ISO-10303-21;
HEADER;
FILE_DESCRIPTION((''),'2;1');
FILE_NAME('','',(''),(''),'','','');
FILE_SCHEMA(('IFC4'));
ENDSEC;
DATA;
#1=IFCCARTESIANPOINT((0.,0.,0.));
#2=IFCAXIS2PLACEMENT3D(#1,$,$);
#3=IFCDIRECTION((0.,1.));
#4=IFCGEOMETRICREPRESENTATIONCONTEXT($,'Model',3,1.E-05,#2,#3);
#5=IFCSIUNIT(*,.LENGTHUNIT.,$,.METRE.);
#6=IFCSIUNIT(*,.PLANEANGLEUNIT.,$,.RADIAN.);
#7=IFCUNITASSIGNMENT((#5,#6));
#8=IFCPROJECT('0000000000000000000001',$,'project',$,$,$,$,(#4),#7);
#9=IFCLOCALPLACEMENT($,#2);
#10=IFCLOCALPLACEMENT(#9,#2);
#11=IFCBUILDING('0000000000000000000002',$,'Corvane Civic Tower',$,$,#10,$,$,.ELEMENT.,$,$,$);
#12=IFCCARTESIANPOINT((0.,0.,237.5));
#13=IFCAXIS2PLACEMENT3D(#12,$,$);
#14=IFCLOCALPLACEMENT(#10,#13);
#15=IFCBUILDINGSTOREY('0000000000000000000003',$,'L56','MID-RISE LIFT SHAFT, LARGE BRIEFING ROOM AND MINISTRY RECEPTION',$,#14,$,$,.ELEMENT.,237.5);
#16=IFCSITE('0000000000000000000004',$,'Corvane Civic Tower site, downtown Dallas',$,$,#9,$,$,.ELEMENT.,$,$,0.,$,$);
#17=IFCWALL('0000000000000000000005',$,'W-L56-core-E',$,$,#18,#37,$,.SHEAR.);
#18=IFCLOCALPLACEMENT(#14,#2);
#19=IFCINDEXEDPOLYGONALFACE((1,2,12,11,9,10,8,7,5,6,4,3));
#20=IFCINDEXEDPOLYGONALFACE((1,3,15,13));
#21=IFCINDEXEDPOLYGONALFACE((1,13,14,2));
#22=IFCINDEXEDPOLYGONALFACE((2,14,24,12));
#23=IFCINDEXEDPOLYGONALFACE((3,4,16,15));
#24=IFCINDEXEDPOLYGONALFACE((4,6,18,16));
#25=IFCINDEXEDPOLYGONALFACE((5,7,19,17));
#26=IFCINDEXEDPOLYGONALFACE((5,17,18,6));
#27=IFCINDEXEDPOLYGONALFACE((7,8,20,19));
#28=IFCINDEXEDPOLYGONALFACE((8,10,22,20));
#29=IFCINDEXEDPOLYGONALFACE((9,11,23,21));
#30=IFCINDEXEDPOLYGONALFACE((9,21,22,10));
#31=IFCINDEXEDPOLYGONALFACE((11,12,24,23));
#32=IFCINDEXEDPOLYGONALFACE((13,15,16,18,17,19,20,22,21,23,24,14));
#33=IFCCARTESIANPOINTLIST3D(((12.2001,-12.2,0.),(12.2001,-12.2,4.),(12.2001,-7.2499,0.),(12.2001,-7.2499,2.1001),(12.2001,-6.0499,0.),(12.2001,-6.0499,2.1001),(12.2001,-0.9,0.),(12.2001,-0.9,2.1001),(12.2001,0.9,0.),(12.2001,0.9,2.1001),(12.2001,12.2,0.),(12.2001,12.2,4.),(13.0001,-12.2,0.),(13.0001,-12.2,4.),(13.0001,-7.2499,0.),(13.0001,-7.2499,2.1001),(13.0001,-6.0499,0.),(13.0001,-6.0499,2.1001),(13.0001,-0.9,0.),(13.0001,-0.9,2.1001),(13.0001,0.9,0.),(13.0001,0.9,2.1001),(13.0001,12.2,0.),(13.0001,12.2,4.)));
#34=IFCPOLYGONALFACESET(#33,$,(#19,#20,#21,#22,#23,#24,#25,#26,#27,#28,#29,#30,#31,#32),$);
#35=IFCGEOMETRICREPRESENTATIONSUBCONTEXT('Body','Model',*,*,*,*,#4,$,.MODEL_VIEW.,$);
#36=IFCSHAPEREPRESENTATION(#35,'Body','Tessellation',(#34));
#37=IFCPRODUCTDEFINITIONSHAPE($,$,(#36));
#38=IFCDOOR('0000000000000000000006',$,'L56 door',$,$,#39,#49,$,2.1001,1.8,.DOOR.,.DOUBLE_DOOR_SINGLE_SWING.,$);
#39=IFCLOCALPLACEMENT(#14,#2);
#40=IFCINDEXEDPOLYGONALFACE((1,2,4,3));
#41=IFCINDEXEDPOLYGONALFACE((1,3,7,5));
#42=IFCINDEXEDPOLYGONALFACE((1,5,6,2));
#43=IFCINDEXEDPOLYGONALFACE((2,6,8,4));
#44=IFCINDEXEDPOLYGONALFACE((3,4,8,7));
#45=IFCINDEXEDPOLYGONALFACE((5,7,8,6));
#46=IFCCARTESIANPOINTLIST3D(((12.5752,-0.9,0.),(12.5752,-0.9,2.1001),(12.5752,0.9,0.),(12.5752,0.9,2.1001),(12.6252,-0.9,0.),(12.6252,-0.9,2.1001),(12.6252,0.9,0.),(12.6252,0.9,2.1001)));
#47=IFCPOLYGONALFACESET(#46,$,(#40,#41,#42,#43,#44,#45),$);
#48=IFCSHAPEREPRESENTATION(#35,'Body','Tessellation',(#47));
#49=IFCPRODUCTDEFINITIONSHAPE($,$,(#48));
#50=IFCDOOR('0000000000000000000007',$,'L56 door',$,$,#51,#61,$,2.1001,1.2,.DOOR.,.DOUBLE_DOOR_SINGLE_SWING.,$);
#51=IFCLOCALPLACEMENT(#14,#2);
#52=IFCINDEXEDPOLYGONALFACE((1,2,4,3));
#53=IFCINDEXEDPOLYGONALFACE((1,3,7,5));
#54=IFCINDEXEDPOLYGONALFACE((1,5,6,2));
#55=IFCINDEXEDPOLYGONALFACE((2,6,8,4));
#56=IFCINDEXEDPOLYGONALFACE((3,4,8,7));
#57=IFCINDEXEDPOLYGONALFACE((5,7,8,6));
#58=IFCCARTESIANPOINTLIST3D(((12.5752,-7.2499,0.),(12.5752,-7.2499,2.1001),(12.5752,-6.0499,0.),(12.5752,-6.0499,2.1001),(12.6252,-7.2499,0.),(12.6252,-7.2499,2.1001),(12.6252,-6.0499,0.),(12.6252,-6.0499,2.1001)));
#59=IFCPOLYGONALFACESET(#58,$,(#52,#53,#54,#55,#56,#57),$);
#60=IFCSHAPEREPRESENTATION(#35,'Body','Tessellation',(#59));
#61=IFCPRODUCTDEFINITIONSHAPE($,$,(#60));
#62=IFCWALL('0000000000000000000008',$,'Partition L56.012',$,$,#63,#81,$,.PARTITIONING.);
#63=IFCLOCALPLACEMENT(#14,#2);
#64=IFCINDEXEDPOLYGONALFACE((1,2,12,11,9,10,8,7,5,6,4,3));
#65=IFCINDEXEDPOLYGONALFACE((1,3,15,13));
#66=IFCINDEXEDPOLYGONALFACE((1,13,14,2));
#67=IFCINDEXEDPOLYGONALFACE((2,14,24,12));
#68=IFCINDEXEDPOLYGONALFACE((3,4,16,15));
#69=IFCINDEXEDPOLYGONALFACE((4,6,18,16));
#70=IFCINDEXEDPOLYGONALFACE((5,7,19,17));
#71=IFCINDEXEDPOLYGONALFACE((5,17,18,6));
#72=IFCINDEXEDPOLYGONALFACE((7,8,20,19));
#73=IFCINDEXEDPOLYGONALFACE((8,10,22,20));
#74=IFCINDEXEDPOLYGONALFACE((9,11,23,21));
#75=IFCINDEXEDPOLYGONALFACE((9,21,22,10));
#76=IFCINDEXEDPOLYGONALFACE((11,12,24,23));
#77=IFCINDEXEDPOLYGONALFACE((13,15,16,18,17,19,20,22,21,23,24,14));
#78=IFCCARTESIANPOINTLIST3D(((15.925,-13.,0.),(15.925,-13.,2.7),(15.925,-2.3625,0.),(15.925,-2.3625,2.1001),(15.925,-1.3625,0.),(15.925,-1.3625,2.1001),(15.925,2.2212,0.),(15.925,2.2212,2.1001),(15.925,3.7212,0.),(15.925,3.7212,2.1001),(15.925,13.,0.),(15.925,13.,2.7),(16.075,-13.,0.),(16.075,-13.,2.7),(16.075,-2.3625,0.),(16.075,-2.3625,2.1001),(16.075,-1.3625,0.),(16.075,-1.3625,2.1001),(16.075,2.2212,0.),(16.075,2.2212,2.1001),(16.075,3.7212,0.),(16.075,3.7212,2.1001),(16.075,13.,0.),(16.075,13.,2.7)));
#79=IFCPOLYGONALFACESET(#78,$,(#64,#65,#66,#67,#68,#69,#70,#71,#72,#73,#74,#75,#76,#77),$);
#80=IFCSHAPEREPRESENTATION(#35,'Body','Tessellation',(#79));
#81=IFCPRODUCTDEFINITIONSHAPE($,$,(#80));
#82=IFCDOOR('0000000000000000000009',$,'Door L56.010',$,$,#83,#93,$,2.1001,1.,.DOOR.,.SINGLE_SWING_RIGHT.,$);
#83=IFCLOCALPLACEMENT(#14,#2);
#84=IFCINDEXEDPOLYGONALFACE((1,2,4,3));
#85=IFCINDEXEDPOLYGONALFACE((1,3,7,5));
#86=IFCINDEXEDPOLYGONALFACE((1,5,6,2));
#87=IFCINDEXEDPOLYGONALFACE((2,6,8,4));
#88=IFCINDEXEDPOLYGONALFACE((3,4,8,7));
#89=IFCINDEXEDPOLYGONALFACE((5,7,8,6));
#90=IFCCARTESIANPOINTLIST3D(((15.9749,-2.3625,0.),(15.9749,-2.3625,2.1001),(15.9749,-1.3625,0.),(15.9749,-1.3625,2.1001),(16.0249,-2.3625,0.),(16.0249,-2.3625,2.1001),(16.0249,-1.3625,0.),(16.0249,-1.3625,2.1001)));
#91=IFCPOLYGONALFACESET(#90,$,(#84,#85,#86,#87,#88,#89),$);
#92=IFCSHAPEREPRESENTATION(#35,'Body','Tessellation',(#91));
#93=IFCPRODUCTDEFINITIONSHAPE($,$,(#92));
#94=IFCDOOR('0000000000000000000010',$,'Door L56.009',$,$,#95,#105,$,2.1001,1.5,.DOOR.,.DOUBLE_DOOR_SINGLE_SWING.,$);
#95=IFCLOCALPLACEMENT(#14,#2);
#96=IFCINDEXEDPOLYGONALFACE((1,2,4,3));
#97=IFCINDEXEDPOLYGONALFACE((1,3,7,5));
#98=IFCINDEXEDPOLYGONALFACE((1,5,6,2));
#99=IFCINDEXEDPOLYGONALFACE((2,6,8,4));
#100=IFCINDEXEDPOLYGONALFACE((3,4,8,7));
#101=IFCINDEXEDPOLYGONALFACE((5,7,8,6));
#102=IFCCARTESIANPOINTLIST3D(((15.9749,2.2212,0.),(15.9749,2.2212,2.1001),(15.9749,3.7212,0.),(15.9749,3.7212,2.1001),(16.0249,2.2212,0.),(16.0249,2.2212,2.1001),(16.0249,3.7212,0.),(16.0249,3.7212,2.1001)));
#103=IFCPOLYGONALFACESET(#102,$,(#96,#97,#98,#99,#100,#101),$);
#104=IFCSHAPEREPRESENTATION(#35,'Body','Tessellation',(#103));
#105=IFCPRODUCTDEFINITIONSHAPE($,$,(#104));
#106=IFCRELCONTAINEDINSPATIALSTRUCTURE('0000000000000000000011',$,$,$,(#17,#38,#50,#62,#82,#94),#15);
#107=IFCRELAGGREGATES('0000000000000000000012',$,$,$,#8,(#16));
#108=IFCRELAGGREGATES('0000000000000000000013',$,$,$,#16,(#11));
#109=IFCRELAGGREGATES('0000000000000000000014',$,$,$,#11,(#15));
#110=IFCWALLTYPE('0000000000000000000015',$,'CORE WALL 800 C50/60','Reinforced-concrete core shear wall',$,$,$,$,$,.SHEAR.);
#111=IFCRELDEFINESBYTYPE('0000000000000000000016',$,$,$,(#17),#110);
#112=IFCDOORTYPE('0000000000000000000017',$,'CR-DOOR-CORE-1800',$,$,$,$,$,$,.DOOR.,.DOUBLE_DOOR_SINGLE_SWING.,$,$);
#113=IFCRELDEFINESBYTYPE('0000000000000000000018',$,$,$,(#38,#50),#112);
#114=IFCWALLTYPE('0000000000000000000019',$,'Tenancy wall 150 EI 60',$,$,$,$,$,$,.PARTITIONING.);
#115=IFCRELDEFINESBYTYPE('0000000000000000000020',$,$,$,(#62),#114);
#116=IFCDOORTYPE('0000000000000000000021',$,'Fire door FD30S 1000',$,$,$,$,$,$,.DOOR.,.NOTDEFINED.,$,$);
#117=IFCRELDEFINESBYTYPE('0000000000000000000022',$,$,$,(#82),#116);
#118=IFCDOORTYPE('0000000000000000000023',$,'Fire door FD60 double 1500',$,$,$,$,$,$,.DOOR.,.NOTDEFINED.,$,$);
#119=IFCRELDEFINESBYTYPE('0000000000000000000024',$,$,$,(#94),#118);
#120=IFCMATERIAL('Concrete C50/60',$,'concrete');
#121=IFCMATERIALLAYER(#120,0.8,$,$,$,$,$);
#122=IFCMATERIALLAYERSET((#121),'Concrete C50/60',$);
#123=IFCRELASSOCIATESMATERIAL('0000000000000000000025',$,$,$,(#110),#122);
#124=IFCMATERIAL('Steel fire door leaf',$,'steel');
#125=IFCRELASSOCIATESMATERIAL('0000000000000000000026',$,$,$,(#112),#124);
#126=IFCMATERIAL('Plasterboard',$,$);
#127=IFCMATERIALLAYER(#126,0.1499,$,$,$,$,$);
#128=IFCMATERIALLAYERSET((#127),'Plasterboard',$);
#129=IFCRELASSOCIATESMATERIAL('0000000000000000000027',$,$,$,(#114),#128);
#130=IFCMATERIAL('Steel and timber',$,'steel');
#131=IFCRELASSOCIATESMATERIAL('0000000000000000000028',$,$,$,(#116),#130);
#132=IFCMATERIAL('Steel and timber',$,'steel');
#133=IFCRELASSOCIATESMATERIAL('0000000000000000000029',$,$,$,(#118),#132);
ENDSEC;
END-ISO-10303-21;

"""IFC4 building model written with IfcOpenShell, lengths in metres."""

from ifc_helpers import new_model, si_unit, direction, frame, frame_2d, origin, place, context, subcontext, project, spatial, rectangle, extrude, material, layer, layer_set, type_object, element, fill, save


model = new_model("IFC4")

# Units and contexts
model_context = context("Model", 3, precision=1e-05, world=origin(), true_north=direction((0.0, 1.0)))
body_context = subcontext(model_context, "Body", "Model", "MODEL_VIEW")
ifc_project = project(units=[si_unit("LENGTHUNIT", "METRE"), si_unit("PLANEANGLEUNIT", "RADIAN")], contexts=[model_context])

# Site, building, storey
site_placement = place(None, origin())
site = spatial("IfcSite", under=ifc_project, at=site_placement, Name="Corvane Civic Tower site, downtown Dallas", CompositionType="ELEMENT", RefElevation=0.0)
building_placement = place(site_placement, origin())
building = spatial("IfcBuilding", under=site, at=building_placement, Name="Corvane Civic Tower", CompositionType="ELEMENT")
storey_placement = place(building_placement, frame((0.0, 0.0, 237.5)))
storey = spatial("IfcBuildingStorey", under=building, at=storey_placement, Name="L56", Description="MID-RISE LIFT SHAFT, LARGE BRIEFING ROOM AND MINISTRY RECEPTION", CompositionType="ELEMENT", Elevation=237.5)

# Walls, openings, doors
ifc_material_1 = material(Name="Concrete C50/60", Category="concrete")
ifc_layer_1 = layer(ifc_material_1, 0.8)
ifc_layer_set_1 = layer_set([ifc_layer_1], Name="Concrete C50/60")
wall_type_1 = type_object("IfcWallType", Name="CORE WALL 800 C50/60", Description="Reinforced-concrete core shear wall", PredefinedType="SHEAR", material=ifc_layer_set_1)
wall_1_placement = place(storey_placement, frame((12.6001, -12.2, 0.0), z_axis=(0.0, 0.0, 1.0), x_axis=(0.0, 1.0, 0.0)))
wall_1 = element("IfcWall", 1, at=wall_1_placement, inside=storey, type_object=wall_type_1, Name="W-L56-core-E", PredefinedType="SHEAR", context=body_context, shape_type="SweptSolid", body=[
    extrude(rectangle(XDim=24.3999, YDim=0.8, at=frame_2d((12.2, 0.0))), origin(), (0.0, 0.0, 1.0), 4.0),
])
opening_1_placement = place(wall_1_placement, frame((11.3, 0.0, 0.0)))
opening_1 = element("IfcOpeningElement", 2, at=opening_1_placement, cuts=wall_1, PredefinedType="OPENING", context=body_context, shape_type="SweptSolid", body=[
    extrude(rectangle(XDim=1.8, YDim=2.1001, at=frame_2d((0.8999, 1.05))), frame((0.0, 0.4099, 0.0), z_axis=(0.0, -1.0, 0.0), x_axis=(1.0, 0.0, 0.0)), (0.0, 0.0, 1.0), 0.8201),
])
opening_2_placement = place(wall_1_placement, frame((4.95, 0.0, 0.0)))
opening_2 = element("IfcOpeningElement", 3, at=opening_2_placement, cuts=wall_1, PredefinedType="OPENING", context=body_context, shape_type="SweptSolid", body=[
    extrude(rectangle(XDim=1.2, YDim=2.1001, at=frame_2d((0.6001, 1.05))), frame((0.0, 0.4099, 0.0), z_axis=(0.0, -1.0, 0.0), x_axis=(1.0, 0.0, 0.0)), (0.0, 0.0, 1.0), 0.8201),
])
ifc_material_2 = material(Name="Steel fire door leaf", Category="steel")
door_type_1 = type_object("IfcDoorType", Name="CR-DOOR-CORE-1800", OperationType="DOUBLE_DOOR_SINGLE_SWING", PredefinedType="DOOR", material=ifc_material_2)
door_1_placement = place(opening_1_placement, origin())
door_1 = element("IfcDoor", 4, at=door_1_placement, inside=storey, type_object=door_type_1, Name="L56 door", OperationType="DOUBLE_DOOR_SINGLE_SWING", OverallHeight=2.1001, OverallWidth=1.8, PredefinedType="DOOR", context=body_context, shape_type="SweptSolid", body=[
    extrude(rectangle(XDim=1.8, YDim=2.1001, at=frame_2d((0.8999, 1.05))), frame((0.0, 0.0249, 0.0), z_axis=(0.0, -1.0, 0.0), x_axis=(1.0, 0.0, 0.0)), (0.0, 0.0, 1.0), 0.05),
])
fill(opening_1, door_1)
door_2_placement = place(opening_2_placement, origin())
door_2 = element("IfcDoor", 5, at=door_2_placement, inside=storey, type_object=door_type_1, Name="L56 door", OperationType="DOUBLE_DOOR_SINGLE_SWING", OverallHeight=2.1001, OverallWidth=1.2, PredefinedType="DOOR", context=body_context, shape_type="SweptSolid", body=[
    extrude(rectangle(XDim=1.2, YDim=2.1001, at=frame_2d((0.6001, 1.05))), frame((0.0, 0.0249, 0.0), z_axis=(0.0, -1.0, 0.0), x_axis=(1.0, 0.0, 0.0)), (0.0, 0.0, 1.0), 0.05),
])
fill(opening_2, door_2)
ifc_material_3 = material(Name="Plasterboard")
ifc_layer_2 = layer(ifc_material_3, 0.1499)
ifc_layer_set_2 = layer_set([ifc_layer_2], Name="Plasterboard")
wall_type_2 = type_object("IfcWallType", Name="Tenancy wall 150 EI 60", PredefinedType="PARTITIONING", material=ifc_layer_set_2)
wall_2_placement = place(storey_placement, frame((16.0, -13.0, 0.0), z_axis=(0.0, 0.0, 1.0), x_axis=(0.0, 1.0, 0.0)))
wall_2 = element("IfcWall", 6, at=wall_2_placement, inside=storey, type_object=wall_type_2, Name="Partition L56.012", PredefinedType="PARTITIONING", context=body_context, shape_type="SweptSolid", body=[
    extrude(rectangle(XDim=26.0, YDim=0.1499, at=frame_2d((13.0, 0.0))), origin(), (0.0, 0.0, 1.0), 2.7),
])
opening_3_placement = place(wall_2_placement, frame((15.2212, 0.0, 0.0)))
opening_3 = element("IfcOpeningElement", 7, at=opening_3_placement, cuts=wall_2, PredefinedType="OPENING", context=body_context, shape_type="SweptSolid", body=[
    extrude(rectangle(XDim=1.5, YDim=2.1001, at=frame_2d((0.75, 1.05))), frame((0.0, 0.085, 0.0), z_axis=(0.0, -1.0, 0.0), x_axis=(1.0, 0.0, 0.0)), (0.0, 0.0, 1.0), 0.1699),
])
opening_4_placement = place(wall_2_placement, frame((10.6375, 0.0, 0.0)))
opening_4 = element("IfcOpeningElement", 8, at=opening_4_placement, cuts=wall_2, PredefinedType="OPENING", context=body_context, shape_type="SweptSolid", body=[
    extrude(rectangle(XDim=1.0, YDim=2.1001, at=frame_2d((0.5, 1.05))), frame((0.0, 0.085, 0.0), z_axis=(0.0, -1.0, 0.0), x_axis=(1.0, 0.0, 0.0)), (0.0, 0.0, 1.0), 0.1699),
])
ifc_material_4 = material(Name="Steel and timber", Category="steel")
door_type_2 = type_object("IfcDoorType", Name="Fire door FD30S 1000", OperationType="NOTDEFINED", PredefinedType="DOOR", material=ifc_material_4)
door_3_placement = place(opening_4_placement, frame((1.0, 0.0, 0.0), z_axis=(0.0, 0.0, 1.0), x_axis=(-1.0, 0.0, 0.0)))
door_3 = element("IfcDoor", 9, at=door_3_placement, inside=storey, type_object=door_type_2, Name="Door L56.010", OperationType="SINGLE_SWING_RIGHT", OverallHeight=2.1001, OverallWidth=1.0, PredefinedType="DOOR", context=body_context, shape_type="SweptSolid", body=[
    extrude(rectangle(XDim=1.0, YDim=2.1001, at=frame_2d((0.5, 1.05))), frame((0.0, 0.0249, 0.0), z_axis=(0.0, -1.0, 0.0), x_axis=(1.0, 0.0, 0.0)), (0.0, 0.0, 1.0), 0.05),
])
fill(opening_4, door_3)
ifc_material_5 = material(Name="Steel and timber", Category="steel")
door_type_3 = type_object("IfcDoorType", Name="Fire door FD60 double 1500", OperationType="NOTDEFINED", PredefinedType="DOOR", material=ifc_material_5)
door_4_placement = place(opening_3_placement, frame((1.5, 0.0, 0.0), z_axis=(0.0, 0.0, 1.0), x_axis=(-1.0, 0.0, 0.0)))
door_4 = element("IfcDoor", 10, at=door_4_placement, inside=storey, type_object=door_type_3, Name="Door L56.009", OperationType="DOUBLE_DOOR_SINGLE_SWING", OverallHeight=2.1001, OverallWidth=1.5, PredefinedType="DOOR", context=body_context, shape_type="SweptSolid", body=[
    extrude(rectangle(XDim=1.5, YDim=2.1001, at=frame_2d((0.75, 1.05))), frame((0.0, 0.0249, 0.0), z_axis=(0.0, -1.0, 0.0), x_axis=(1.0, 0.0, 0.0)), (0.0, 0.0, 1.0), 0.05),
])
fill(opening_3, door_4)

save(model, "model.ifc")
